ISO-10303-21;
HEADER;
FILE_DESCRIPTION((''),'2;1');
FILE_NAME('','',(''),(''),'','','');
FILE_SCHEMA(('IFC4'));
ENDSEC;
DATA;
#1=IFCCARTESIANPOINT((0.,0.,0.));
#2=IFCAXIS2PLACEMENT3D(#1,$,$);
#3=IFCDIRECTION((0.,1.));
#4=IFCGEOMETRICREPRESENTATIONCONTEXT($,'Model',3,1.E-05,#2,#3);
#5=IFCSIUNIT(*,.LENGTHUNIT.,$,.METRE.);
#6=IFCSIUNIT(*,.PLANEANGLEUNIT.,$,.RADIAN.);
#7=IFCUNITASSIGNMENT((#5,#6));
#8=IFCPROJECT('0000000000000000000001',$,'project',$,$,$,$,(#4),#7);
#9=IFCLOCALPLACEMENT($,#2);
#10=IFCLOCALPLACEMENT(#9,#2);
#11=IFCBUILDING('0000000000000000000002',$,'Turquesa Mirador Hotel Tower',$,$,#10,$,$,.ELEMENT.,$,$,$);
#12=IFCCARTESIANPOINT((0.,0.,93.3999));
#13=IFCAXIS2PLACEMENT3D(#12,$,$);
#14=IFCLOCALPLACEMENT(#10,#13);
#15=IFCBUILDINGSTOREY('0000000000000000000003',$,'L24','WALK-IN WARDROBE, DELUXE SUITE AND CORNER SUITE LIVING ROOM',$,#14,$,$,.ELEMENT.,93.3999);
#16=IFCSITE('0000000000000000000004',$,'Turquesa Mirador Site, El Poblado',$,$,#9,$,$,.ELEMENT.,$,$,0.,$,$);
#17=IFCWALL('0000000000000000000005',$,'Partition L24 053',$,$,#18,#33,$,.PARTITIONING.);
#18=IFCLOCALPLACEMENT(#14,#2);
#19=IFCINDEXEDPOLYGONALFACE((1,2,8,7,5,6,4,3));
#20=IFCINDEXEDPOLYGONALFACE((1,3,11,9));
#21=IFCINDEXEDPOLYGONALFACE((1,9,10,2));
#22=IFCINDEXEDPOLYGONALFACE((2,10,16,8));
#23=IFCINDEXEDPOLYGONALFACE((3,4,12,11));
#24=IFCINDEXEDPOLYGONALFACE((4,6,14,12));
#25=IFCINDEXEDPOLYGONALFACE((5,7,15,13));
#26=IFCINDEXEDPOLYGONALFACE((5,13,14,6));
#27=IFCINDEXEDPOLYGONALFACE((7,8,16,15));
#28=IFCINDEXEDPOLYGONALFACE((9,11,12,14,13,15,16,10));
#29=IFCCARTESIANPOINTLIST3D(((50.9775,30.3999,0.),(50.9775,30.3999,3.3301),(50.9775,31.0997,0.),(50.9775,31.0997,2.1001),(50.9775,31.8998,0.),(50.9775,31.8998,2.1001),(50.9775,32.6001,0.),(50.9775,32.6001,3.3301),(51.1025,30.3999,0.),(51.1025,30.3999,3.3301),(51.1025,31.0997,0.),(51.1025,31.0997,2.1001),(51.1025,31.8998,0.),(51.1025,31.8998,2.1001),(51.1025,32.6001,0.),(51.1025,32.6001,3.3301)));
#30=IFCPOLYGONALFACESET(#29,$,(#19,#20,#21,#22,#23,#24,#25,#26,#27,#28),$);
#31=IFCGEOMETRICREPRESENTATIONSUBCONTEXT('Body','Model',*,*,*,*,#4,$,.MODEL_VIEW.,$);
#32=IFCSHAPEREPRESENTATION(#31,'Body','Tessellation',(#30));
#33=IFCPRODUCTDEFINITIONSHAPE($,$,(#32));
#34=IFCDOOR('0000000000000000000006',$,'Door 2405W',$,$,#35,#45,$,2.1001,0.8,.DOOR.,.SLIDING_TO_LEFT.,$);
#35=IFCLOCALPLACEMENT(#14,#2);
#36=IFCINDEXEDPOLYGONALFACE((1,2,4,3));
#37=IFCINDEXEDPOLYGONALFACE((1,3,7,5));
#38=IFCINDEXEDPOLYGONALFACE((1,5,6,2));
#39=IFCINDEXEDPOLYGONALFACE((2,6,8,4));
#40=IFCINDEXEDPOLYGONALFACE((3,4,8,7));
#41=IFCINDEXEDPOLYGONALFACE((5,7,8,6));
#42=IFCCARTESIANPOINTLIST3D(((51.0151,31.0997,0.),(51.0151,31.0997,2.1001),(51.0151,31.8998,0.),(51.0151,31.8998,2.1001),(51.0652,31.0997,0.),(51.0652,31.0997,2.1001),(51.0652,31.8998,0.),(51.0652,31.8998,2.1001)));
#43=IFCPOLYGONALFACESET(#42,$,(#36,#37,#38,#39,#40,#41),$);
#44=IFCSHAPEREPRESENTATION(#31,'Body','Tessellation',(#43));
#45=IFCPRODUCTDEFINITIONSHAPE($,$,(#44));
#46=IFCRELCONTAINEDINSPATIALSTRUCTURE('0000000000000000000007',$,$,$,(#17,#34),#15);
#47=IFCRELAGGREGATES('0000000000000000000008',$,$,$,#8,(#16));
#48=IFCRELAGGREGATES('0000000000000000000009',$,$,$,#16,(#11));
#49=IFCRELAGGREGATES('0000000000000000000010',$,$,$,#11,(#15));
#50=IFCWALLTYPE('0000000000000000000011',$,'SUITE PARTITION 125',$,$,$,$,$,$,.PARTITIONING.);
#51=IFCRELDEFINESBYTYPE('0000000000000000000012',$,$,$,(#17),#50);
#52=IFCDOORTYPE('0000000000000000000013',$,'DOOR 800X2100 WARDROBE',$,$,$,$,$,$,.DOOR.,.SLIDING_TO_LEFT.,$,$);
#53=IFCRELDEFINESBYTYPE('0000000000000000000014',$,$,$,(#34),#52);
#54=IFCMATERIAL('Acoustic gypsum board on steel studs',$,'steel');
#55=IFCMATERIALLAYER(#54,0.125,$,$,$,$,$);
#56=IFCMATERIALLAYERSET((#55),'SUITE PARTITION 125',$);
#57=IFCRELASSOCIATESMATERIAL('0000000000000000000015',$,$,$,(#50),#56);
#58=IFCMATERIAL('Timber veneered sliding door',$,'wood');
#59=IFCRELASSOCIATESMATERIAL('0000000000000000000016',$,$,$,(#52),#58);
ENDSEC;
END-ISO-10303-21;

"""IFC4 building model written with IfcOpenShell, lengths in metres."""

from ifc_helpers import new_model, si_unit, direction, frame, frame_2d, origin, place, context, subcontext, project, spatial, rectangle, extrude, material, layer, layer_set, type_object, element, fill, save


model = new_model("IFC4")

# Units and contexts
model_context = context("Model", 3, precision=1e-05, world=origin(), true_north=direction((0.0, 1.0)))
body_context = subcontext(model_context, "Body", "Model", "MODEL_VIEW")
ifc_project = project(units=[si_unit("LENGTHUNIT", "METRE"), si_unit("PLANEANGLEUNIT", "RADIAN")], contexts=[model_context])

# Site, building, storey
site_placement = place(None, origin())
site = spatial("IfcSite", under=ifc_project, at=site_placement, Name="Turquesa Mirador Site, El Poblado", CompositionType="ELEMENT", RefElevation=0.0)
building_placement = place(site_placement, origin())
building = spatial("IfcBuilding", under=site, at=building_placement, Name="Turquesa Mirador Hotel Tower", CompositionType="ELEMENT")
storey_placement = place(building_placement, frame((0.0, 0.0, 93.3999)))
storey = spatial("IfcBuildingStorey", under=building, at=storey_placement, Name="L24", Description="WALK-IN WARDROBE, DELUXE SUITE AND CORNER SUITE LIVING ROOM", CompositionType="ELEMENT", Elevation=93.3999)

# Shared definitions
ifc_material_1 = material(Name="Acoustic gypsum board on steel studs", Category="steel")
ifc_layer_1 = layer(ifc_material_1, 0.125)
ifc_layer_set_1 = layer_set([ifc_layer_1], Name="SUITE PARTITION 125")
wall_type_1 = type_object("IfcWallType", Name="SUITE PARTITION 125", PredefinedType="PARTITIONING", material=ifc_layer_set_1)

# Wall, opening, door
wall_1_placement = place(storey_placement, frame((51.04, 30.3999, 0.0), z_axis=(0.0, 0.0, 1.0), x_axis=(0.0, 1.0, 0.0)))
wall_1 = element("IfcWall", 1, at=wall_1_placement, inside=storey, type_object=wall_type_1, Name="Partition L24 053", PredefinedType="PARTITIONING", context=body_context, shape_type="SweptSolid", body=[
    extrude(rectangle(XDim=2.2002, YDim=0.125, at=frame_2d((1.1001, 0.0))), origin(), (0.0, 0.0, 1.0), 3.3301),
])
opening_1_placement = place(wall_1_placement, frame((0.7, 0.0, 0.0)))
opening_1 = element("IfcOpeningElement", 2, at=opening_1_placement, cuts=wall_1, PredefinedType="OPENING", context=body_context, shape_type="SweptSolid", body=[
    extrude(rectangle(XDim=0.8, YDim=2.1001, at=frame_2d((0.3999, 1.05))), frame((0.0, 0.0725, 0.0), z_axis=(0.0, -1.0, 0.0), x_axis=(1.0, 0.0, 0.0)), (0.0, 0.0, 1.0), 0.145),
])
ifc_material_2 = material(Name="Timber veneered sliding door", Category="wood")
door_type_1 = type_object("IfcDoorType", Name="DOOR 800X2100 WARDROBE", OperationType="SLIDING_TO_LEFT", PredefinedType="DOOR", material=ifc_material_2)
door_1_placement = place(opening_1_placement, origin())
door_1 = element("IfcDoor", 3, at=door_1_placement, inside=storey, type_object=door_type_1, Name="Door 2405W", OperationType="SLIDING_TO_LEFT", OverallHeight=2.1001, OverallWidth=0.8, PredefinedType="DOOR", context=body_context, shape_type="SweptSolid", body=[
    extrude(rectangle(XDim=0.8, YDim=2.1001, at=frame_2d((0.3999, 1.05))), frame((0.0, 0.0249, 0.0), z_axis=(0.0, -1.0, 0.0), x_axis=(1.0, 0.0, 0.0)), (0.0, 0.0, 1.0), 0.05),
])
fill(opening_1, door_1)

save(model, "model.ifc")
